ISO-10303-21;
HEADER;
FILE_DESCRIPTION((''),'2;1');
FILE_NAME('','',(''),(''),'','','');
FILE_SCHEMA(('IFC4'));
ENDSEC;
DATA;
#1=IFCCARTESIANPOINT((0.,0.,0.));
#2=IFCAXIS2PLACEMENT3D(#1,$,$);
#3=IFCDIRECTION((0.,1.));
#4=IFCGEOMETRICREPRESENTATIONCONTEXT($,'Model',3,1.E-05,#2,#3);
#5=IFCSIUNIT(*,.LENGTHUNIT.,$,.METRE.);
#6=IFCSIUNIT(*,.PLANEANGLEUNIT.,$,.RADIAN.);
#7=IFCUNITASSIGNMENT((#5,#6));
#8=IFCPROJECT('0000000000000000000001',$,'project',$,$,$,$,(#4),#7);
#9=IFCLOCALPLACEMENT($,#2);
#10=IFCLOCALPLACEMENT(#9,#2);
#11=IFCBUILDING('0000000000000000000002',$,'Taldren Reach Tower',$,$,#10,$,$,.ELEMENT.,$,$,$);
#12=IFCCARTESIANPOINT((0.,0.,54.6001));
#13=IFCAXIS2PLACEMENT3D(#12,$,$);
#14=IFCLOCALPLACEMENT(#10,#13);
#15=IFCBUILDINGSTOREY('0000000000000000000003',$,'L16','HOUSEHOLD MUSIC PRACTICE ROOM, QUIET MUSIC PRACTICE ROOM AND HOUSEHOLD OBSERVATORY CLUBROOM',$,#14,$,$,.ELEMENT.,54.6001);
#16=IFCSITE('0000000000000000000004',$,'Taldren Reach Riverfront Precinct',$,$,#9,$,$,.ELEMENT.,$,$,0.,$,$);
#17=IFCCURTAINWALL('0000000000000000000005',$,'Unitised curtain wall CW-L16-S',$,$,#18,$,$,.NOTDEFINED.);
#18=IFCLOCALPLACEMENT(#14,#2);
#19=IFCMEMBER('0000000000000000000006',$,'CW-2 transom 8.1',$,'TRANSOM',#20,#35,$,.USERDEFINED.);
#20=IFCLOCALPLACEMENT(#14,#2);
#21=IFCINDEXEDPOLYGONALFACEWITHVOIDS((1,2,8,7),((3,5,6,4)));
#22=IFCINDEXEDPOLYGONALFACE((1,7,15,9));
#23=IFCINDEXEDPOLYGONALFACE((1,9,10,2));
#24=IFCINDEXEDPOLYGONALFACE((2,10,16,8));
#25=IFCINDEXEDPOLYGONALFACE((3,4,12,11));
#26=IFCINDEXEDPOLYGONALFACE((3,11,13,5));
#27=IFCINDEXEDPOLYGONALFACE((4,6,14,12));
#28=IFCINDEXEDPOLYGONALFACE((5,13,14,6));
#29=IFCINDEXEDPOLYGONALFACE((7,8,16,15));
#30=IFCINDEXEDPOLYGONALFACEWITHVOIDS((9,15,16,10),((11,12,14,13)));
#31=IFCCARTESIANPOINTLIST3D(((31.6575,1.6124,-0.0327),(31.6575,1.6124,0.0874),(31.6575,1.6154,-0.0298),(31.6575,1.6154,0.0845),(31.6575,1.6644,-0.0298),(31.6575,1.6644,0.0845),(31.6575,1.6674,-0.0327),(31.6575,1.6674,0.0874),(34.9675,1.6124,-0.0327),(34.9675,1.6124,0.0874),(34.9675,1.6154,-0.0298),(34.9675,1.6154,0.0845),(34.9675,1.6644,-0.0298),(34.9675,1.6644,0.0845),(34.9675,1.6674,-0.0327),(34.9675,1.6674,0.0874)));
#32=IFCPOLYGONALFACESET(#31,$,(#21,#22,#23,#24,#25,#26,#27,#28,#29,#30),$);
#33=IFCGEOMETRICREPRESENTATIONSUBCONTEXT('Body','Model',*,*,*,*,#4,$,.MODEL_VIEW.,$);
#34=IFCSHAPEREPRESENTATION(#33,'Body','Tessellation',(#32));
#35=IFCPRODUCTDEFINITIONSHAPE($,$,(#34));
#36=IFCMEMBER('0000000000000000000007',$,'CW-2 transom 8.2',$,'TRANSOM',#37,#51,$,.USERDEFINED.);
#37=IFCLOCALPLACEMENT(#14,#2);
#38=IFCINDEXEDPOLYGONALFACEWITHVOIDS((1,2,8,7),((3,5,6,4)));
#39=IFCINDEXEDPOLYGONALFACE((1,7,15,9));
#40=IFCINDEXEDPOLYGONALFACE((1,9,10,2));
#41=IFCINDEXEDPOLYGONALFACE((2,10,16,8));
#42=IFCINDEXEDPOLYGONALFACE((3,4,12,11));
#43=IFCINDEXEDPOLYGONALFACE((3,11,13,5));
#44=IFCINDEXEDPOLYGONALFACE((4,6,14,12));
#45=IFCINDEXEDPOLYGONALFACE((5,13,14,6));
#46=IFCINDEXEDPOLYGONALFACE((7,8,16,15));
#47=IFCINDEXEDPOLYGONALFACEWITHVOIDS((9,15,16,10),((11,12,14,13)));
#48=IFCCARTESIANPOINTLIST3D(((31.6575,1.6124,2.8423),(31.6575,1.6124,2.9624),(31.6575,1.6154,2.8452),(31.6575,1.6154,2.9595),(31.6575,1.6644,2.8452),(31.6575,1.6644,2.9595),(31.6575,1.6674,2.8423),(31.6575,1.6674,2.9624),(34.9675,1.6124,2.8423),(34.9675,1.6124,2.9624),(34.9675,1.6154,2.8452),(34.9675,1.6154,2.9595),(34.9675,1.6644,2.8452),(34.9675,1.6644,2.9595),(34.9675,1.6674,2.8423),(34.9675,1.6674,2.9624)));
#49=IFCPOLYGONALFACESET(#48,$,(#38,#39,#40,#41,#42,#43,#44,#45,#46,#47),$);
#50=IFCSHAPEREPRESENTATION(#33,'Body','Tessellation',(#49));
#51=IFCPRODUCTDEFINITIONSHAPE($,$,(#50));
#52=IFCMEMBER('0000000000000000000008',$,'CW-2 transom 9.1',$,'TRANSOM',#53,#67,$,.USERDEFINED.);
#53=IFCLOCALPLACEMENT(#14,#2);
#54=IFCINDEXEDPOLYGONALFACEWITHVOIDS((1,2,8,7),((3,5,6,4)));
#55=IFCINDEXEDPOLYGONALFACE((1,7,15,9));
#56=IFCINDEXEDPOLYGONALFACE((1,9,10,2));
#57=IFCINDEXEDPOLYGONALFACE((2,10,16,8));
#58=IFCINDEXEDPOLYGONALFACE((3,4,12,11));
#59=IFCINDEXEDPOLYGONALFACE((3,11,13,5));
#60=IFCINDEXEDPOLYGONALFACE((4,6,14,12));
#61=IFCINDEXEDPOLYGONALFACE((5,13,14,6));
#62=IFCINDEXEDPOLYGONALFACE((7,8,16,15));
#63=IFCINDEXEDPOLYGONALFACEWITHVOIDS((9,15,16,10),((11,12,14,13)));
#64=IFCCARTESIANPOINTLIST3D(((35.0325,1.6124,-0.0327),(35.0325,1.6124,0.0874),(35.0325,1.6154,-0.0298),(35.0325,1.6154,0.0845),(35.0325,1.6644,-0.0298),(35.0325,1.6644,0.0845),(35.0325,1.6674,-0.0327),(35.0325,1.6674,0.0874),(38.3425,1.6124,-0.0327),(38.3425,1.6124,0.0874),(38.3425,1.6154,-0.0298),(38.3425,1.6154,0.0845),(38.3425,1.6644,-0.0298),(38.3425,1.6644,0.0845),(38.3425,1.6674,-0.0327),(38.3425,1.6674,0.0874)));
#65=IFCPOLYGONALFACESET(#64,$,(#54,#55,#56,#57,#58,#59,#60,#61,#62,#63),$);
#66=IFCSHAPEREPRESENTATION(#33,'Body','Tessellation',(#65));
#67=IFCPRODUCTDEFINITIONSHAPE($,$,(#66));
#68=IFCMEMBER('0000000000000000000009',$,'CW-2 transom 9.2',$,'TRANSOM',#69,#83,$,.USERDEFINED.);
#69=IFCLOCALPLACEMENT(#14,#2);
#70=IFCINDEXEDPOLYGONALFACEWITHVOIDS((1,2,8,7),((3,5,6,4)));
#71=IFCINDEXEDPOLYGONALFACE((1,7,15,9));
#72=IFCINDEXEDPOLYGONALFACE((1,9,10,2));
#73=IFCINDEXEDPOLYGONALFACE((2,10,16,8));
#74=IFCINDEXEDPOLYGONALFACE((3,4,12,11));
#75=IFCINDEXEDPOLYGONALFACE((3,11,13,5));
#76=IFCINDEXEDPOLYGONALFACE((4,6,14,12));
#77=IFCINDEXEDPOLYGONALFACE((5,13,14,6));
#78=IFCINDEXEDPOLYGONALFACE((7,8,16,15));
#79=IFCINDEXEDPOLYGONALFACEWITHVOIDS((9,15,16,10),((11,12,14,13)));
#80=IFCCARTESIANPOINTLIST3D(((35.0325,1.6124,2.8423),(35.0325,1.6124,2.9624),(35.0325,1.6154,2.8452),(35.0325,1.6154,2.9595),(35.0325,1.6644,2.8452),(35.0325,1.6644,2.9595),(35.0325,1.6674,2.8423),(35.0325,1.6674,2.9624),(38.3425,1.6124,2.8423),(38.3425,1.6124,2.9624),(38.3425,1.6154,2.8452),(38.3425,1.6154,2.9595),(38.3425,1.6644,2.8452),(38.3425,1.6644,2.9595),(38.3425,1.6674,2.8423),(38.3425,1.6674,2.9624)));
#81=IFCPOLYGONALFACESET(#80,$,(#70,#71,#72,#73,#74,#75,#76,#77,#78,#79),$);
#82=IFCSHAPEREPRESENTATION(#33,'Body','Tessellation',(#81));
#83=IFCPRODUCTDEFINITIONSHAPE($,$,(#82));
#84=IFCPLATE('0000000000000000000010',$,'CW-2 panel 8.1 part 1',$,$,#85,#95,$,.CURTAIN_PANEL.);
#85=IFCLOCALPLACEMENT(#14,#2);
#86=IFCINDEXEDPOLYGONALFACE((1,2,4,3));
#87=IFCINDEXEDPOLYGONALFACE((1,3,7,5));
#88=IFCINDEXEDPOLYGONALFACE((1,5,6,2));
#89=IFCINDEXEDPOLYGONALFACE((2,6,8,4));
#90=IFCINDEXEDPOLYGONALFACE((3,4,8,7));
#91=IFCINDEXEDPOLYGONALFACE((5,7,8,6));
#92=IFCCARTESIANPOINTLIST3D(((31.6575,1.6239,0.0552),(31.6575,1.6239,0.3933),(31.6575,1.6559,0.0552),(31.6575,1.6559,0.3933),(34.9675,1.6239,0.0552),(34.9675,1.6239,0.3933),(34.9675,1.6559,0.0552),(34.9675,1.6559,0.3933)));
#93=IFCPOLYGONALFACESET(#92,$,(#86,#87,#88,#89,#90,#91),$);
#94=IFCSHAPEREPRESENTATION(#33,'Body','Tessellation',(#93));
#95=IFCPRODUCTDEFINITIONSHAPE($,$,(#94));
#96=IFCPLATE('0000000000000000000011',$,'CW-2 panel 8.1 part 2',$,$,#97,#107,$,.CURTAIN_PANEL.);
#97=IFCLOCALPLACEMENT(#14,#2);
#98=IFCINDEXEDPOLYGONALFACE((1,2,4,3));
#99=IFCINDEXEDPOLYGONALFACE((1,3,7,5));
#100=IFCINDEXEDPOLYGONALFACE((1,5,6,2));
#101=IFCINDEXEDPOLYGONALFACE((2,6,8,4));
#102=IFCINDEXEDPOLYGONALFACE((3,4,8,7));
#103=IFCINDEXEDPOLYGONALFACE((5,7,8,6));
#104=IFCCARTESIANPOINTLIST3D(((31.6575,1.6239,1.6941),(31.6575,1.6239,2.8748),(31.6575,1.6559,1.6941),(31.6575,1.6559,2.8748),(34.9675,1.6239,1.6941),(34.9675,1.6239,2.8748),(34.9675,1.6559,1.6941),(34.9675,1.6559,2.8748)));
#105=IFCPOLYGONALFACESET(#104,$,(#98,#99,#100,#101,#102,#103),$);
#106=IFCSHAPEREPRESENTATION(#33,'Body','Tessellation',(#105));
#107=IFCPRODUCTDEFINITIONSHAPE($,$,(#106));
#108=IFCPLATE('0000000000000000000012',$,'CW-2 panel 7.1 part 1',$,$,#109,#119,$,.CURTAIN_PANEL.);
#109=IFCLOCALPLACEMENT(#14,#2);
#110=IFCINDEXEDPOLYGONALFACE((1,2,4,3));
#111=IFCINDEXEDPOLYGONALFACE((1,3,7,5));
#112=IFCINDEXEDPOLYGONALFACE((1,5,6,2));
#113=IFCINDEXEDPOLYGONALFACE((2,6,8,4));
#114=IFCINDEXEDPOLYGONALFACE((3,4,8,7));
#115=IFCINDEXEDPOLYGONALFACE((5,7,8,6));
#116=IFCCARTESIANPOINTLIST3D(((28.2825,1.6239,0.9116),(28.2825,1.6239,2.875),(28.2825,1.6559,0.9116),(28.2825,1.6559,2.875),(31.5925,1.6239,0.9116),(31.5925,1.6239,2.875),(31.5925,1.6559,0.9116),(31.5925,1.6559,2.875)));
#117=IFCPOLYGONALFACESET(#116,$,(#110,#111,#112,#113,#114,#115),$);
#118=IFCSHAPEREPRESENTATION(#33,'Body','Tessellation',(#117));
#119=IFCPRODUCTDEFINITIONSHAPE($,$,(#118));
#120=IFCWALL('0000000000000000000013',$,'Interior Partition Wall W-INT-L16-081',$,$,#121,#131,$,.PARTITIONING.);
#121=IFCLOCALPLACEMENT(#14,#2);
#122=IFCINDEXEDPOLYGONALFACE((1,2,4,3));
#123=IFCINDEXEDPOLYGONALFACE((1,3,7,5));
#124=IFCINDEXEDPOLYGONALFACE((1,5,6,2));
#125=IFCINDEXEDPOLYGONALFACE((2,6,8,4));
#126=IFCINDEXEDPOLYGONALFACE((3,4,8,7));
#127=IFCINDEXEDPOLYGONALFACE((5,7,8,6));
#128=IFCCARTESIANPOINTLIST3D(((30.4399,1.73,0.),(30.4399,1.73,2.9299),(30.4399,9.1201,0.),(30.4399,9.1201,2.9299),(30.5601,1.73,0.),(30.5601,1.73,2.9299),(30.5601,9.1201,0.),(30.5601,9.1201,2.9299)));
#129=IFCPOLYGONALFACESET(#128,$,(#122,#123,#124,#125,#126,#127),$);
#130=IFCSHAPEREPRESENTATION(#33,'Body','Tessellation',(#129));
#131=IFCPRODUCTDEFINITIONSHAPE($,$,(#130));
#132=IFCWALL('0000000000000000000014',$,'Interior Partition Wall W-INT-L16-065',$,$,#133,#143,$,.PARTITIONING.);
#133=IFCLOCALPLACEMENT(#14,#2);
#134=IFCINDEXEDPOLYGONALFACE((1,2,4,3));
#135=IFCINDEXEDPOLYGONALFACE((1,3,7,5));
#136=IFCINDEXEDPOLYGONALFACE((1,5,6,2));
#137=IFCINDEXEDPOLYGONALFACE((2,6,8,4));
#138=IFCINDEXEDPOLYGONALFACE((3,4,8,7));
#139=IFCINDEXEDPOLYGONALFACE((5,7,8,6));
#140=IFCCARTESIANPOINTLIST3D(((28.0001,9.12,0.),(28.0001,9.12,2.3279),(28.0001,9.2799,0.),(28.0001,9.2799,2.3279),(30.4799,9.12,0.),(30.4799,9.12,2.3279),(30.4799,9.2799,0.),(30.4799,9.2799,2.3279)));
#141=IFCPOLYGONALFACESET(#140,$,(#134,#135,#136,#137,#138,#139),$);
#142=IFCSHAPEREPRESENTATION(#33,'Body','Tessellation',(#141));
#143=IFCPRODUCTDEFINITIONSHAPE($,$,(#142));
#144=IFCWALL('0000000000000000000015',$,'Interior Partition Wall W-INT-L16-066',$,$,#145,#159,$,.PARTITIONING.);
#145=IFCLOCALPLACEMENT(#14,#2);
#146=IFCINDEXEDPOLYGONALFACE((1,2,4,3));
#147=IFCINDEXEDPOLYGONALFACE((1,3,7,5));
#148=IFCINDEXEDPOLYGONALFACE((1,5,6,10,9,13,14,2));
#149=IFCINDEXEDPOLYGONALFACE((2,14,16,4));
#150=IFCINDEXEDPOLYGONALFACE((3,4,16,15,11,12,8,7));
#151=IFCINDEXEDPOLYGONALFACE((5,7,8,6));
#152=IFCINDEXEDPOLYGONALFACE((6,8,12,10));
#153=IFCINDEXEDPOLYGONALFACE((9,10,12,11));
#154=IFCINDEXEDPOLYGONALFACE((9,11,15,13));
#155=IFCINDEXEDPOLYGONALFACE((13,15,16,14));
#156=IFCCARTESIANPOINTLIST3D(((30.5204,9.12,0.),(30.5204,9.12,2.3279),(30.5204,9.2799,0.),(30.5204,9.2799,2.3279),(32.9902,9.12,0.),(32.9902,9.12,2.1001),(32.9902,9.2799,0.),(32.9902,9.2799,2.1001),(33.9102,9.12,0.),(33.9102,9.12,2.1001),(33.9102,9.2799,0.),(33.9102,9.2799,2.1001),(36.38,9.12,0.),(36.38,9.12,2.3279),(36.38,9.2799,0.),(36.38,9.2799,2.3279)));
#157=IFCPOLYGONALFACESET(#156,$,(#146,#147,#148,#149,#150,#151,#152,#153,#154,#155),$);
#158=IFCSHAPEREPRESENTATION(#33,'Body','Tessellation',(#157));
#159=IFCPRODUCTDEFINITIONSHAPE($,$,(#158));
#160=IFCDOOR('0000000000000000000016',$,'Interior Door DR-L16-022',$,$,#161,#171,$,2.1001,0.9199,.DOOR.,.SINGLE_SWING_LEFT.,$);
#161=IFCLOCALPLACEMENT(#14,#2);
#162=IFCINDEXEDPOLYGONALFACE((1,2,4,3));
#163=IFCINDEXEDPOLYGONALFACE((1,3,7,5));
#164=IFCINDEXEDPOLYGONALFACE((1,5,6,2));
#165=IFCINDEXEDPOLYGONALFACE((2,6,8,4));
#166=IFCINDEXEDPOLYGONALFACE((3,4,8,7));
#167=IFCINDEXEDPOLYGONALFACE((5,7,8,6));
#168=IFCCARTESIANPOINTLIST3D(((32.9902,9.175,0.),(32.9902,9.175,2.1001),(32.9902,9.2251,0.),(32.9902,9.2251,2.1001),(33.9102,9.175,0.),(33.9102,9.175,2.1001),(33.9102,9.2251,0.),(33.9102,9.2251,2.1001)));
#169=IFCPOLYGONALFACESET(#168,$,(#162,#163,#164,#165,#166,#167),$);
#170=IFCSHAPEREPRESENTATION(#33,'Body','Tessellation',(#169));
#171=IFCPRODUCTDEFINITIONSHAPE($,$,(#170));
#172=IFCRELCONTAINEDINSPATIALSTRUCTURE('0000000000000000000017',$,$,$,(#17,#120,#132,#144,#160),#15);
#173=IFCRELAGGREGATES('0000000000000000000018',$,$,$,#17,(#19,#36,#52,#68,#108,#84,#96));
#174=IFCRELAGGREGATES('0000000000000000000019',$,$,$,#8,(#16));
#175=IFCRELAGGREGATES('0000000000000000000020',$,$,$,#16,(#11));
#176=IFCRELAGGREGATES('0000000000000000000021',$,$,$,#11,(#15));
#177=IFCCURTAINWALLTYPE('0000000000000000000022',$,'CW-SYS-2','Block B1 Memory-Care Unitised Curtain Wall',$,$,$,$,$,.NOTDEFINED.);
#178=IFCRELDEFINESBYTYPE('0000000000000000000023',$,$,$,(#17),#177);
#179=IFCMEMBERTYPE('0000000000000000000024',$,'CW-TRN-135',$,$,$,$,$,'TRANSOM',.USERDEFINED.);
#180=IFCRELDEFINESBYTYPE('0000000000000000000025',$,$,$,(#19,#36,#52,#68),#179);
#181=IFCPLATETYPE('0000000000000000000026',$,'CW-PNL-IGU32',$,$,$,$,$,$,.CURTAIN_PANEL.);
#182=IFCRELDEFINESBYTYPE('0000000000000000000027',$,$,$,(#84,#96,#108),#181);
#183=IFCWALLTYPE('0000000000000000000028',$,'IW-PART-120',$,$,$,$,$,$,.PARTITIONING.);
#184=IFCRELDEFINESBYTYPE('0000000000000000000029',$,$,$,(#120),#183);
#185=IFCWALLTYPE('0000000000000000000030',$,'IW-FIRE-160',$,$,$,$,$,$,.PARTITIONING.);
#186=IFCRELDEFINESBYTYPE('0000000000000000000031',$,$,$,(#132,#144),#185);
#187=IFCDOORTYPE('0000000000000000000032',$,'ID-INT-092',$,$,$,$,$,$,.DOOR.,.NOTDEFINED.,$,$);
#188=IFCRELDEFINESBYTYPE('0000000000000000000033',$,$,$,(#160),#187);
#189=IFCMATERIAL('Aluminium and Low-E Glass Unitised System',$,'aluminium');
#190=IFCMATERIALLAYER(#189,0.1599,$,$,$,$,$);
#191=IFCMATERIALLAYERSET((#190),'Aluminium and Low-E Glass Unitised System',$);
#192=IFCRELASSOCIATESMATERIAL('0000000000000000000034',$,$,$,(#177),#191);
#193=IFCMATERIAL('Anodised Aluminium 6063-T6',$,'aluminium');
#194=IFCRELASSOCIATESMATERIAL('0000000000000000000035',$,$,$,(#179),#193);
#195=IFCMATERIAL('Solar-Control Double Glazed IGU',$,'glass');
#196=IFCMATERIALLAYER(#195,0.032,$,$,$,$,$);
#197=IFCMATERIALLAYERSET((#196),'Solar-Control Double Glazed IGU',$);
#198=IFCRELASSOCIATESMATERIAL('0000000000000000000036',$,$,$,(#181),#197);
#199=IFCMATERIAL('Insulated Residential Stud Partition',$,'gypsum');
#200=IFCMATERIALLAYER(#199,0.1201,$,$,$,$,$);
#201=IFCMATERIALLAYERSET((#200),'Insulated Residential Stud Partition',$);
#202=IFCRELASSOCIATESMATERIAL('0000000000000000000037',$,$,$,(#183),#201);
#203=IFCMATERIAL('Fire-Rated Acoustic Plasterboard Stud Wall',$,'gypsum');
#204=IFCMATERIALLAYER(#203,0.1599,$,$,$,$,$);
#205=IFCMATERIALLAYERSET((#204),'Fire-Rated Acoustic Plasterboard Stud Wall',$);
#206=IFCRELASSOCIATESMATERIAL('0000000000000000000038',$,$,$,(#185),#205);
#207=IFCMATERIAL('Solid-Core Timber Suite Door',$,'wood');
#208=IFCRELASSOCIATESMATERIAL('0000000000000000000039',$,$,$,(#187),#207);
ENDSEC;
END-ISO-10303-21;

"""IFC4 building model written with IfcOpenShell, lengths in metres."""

from ifc_helpers import new_model, si_unit, direction, frame, frame_2d, origin, origin_2d, place, context, subcontext, project, spatial, rectangle, hollow_rectangle, extrude, source, transform, mapped, material, layer, layer_set, material_profile, profile_set, type_object, element, fill, aggregate, save


model = new_model("IFC4")

# Units and contexts
model_context = context("Model", 3, precision=1e-05, world=origin(), true_north=direction((0.0, 1.0)))
body_context = subcontext(model_context, "Body", "Model", "MODEL_VIEW")
ifc_project = project(units=[si_unit("LENGTHUNIT", "METRE"), si_unit("PLANEANGLEUNIT", "RADIAN")], contexts=[model_context])

# Site, building, storey
site_placement = place(None, origin())
site = spatial("IfcSite", under=ifc_project, at=site_placement, Name="Taldren Reach Riverfront Precinct", CompositionType="ELEMENT", RefElevation=0.0)
building_placement = place(site_placement, origin())
building = spatial("IfcBuilding", under=site, at=building_placement, Name="Taldren Reach Tower", CompositionType="ELEMENT")
storey_placement = place(building_placement, frame((0.0, 0.0, 54.6001)))
storey = spatial("IfcBuildingStorey", under=building, at=storey_placement, Name="L16", Description="HOUSEHOLD MUSIC PRACTICE ROOM, QUIET MUSIC PRACTICE ROOM AND HOUSEHOLD OBSERVATORY CLUBROOM", CompositionType="ELEMENT", Elevation=54.6001)

# Curtain wall, members, plates
ifc_material_1 = material(Name="Aluminium and Low-E Glass Unitised System", Category="aluminium")
ifc_layer_1 = layer(ifc_material_1, 0.1599)
ifc_layer_set_1 = layer_set([ifc_layer_1], Name="Aluminium and Low-E Glass Unitised System")
curtain_wall_type = type_object("IfcCurtainWallType", Name="CW-SYS-2", Description="Block B1 Memory-Care Unitised Curtain Wall", PredefinedType="NOTDEFINED", material=ifc_layer_set_1)
curtain_wall_placement = place(storey_placement, origin())
curtain_wall = element("IfcCurtainWall", 1, at=curtain_wall_placement, inside=storey, type_object=curtain_wall_type, Name="Unitised curtain wall CW-L16-S", PredefinedType="NOTDEFINED")
ifc_material_2 = material(Name="Anodised Aluminium 6063-T6", Category="aluminium")
ifc_material_profile_1 = material_profile(ifc_material_2, hollow_rectangle(XDim=0.0549, YDim=0.1201, WallThickness=0.0029, at=origin_2d()), Name="ALU-120x55x3RHS")
ifc_profile_set_1 = profile_set([ifc_material_profile_1], Name="Anodised Aluminium 6063-T6")
member_type_1 = type_object("IfcMemberType", Name="CW-TRN-135", ElementType="TRANSOM", PredefinedType="USERDEFINED", material=ifc_profile_set_1)
shared_shape_1 = source(origin(), body_context, "Body", "SweptSolid", [
    extrude(hollow_rectangle(XDim=0.0549, YDim=0.1201, WallThickness=0.0029, at=origin_2d()), origin(), (0.0, 0.0, 1.0), 3.3101),
])
member_1_placement = place(storey_placement, frame((31.6575, 1.6399, 0.0273), z_axis=(1.0, 0.0, 0.0), x_axis=(0.0, 1.0, 0.0)))
member_1 = element("IfcMember", 2, at=member_1_placement, type_object=member_type_1, Name="CW-2 transom 8.1", ObjectType="TRANSOM", PredefinedType="USERDEFINED", context=body_context, shape_type="MappedRepresentation", body=[
    mapped(shared_shape_1, transform((0.0, 0.0, 0.0), scale=1.0)),
])
member_2_placement = place(storey_placement, frame((31.6575, 1.6399, 2.9023), z_axis=(1.0, 0.0, 0.0), x_axis=(0.0, 1.0, 0.0)))
member_2 = element("IfcMember", 3, at=member_2_placement, type_object=member_type_1, Name="CW-2 transom 8.2", ObjectType="TRANSOM", PredefinedType="USERDEFINED", context=body_context, shape_type="MappedRepresentation", body=[
    mapped(shared_shape_1, transform((0.0, 0.0, 0.0), scale=1.0)),
])
member_3_placement = place(storey_placement, frame((35.0325, 1.6399, 0.0273), z_axis=(1.0, 0.0, 0.0), x_axis=(0.0, 1.0, 0.0)))
member_3 = element("IfcMember", 4, at=member_3_placement, type_object=member_type_1, Name="CW-2 transom 9.1", ObjectType="TRANSOM", PredefinedType="USERDEFINED", context=body_context, shape_type="MappedRepresentation", body=[
    mapped(shared_shape_1, transform((0.0, 0.0, 0.0), scale=1.0)),
])
member_4_placement = place(storey_placement, frame((35.0325, 1.6399, 2.9023), z_axis=(1.0, 0.0, 0.0), x_axis=(0.0, 1.0, 0.0)))
member_4 = element("IfcMember", 5, at=member_4_placement, type_object=member_type_1, Name="CW-2 transom 9.2", ObjectType="TRANSOM", PredefinedType="USERDEFINED", context=body_context, shape_type="MappedRepresentation", body=[
    mapped(shared_shape_1, transform((0.0, 0.0, 0.0), scale=1.0)),
])
ifc_material_3 = material(Name="Solar-Control Double Glazed IGU", Category="glass")
ifc_layer_2 = layer(ifc_material_3, 0.032)
ifc_layer_set_2 = layer_set([ifc_layer_2], Name="Solar-Control Double Glazed IGU")
plate_type = type_object("IfcPlateType", Name="CW-PNL-IGU32", PredefinedType="CURTAIN_PANEL", material=ifc_layer_set_2)
shared_shape_2 = source(origin(), body_context, "Body", "SweptSolid", [
    extrude(rectangle(XDim=3.3101, YDim=0.032, at=origin_2d()), origin(), (0.0, 0.0, 1.0), 0.3381),
])
plate_1_placement = place(storey_placement, frame((33.3125, 1.6399, 0.0552), z_axis=(0.0, 0.0, 1.0), x_axis=(1.0, 0.0, 0.0)))
plate_1 = element("IfcPlate", 6, at=plate_1_placement, type_object=plate_type, Name="CW-2 panel 8.1 part 1", PredefinedType="CURTAIN_PANEL", context=body_context, shape_type="MappedRepresentation", body=[
    mapped(shared_shape_2, transform((0.0, 0.0, 0.0), scale=1.0)),
])
shared_shape_3 = source(origin(), body_context, "Body", "SweptSolid", [
    extrude(rectangle(XDim=3.3101, YDim=0.032, at=origin_2d()), origin(), (0.0, 0.0, 1.0), 1.1807),
])
plate_2_placement = place(storey_placement, frame((33.3125, 1.6399, 1.6941), z_axis=(0.0, 0.0, 1.0), x_axis=(1.0, 0.0, 0.0)))
plate_2 = element("IfcPlate", 7, at=plate_2_placement, type_object=plate_type, Name="CW-2 panel 8.1 part 2", PredefinedType="CURTAIN_PANEL", context=body_context, shape_type="MappedRepresentation", body=[
    mapped(shared_shape_3, transform((0.0, 0.0, 0.0), scale=1.0)),
])
shared_shape_4 = source(origin(), body_context, "Body", "SweptSolid", [
    extrude(rectangle(XDim=3.3101, YDim=0.032, at=origin_2d()), origin(), (0.0, 0.0, 1.0), 1.9634),
])
plate_3_placement = place(storey_placement, frame((29.9375, 1.6399, 0.9116), z_axis=(0.0, 0.0, 1.0), x_axis=(1.0, 0.0, 0.0)))
plate_3 = element("IfcPlate", 8, at=plate_3_placement, type_object=plate_type, Name="CW-2 panel 7.1 part 1", PredefinedType="CURTAIN_PANEL", context=body_context, shape_type="MappedRepresentation", body=[
    mapped(shared_shape_4, transform((0.0, 0.0, 0.0), scale=1.0)),
])
aggregate(curtain_wall, [member_1, member_2, member_3, member_4, plate_3, plate_1, plate_2])

# Walls
ifc_material_4 = material(Name="Insulated Residential Stud Partition", Category="gypsum")
ifc_layer_3 = layer(ifc_material_4, 0.1201)
ifc_layer_set_3 = layer_set([ifc_layer_3], Name="Insulated Residential Stud Partition")
wall_type_1 = type_object("IfcWallType", Name="IW-PART-120", PredefinedType="PARTITIONING", material=ifc_layer_set_3)
shared_shape_5 = source(origin(), body_context, "Body", "SweptSolid", [
    extrude(rectangle(XDim=7.3901, YDim=0.1201, at=frame_2d((3.6951, 0.0))), origin(), (0.0, 0.0, 1.0), 2.9299),
])
wall_1_placement = place(storey_placement, frame((30.5, 9.1201, 0.0), z_axis=(0.0, 0.0, 1.0), x_axis=(0.0, -1.0, 0.0)))
element("IfcWall", 9, at=wall_1_placement, inside=storey, type_object=wall_type_1, Name="Interior Partition Wall W-INT-L16-081", PredefinedType="PARTITIONING", context=body_context, shape_type="MappedRepresentation", body=[
    mapped(shared_shape_5, transform((0.0, 0.0, 0.0), scale=1.0)),
])
ifc_material_5 = material(Name="Fire-Rated Acoustic Plasterboard Stud Wall", Category="gypsum")
ifc_layer_4 = layer(ifc_material_5, 0.1599)
ifc_layer_set_4 = layer_set([ifc_layer_4], Name="Fire-Rated Acoustic Plasterboard Stud Wall")
wall_type_2 = type_object("IfcWallType", Name="IW-FIRE-160", PredefinedType="PARTITIONING", material=ifc_layer_set_4)
shared_shape_6 = source(origin(), body_context, "Body", "SweptSolid", [
    extrude(rectangle(XDim=2.4797, YDim=0.1599, at=frame_2d((1.2397, 0.0))), origin(), (0.0, 0.0, 1.0), 2.3279),
])
wall_2_placement = place(storey_placement, frame((30.4797, 9.2, 0.0), z_axis=(0.0, 0.0, 1.0), x_axis=(-1.0, 0.0, 0.0)))
element("IfcWall", 10, at=wall_2_placement, inside=storey, type_object=wall_type_2, Name="Interior Partition Wall W-INT-L16-065", PredefinedType="PARTITIONING", context=body_context, shape_type="MappedRepresentation", body=[
    mapped(shared_shape_6, transform((0.0, 0.0, 0.0), scale=1.0)),
])

# Wall, opening, door
shared_shape_7 = source(origin(), body_context, "Body", "SweptSolid", [
    extrude(rectangle(XDim=5.8596, YDim=0.1599, at=frame_2d((2.9297, 0.0))), origin(), (0.0, 0.0, 1.0), 2.3279),
])
wall_3_placement = place(storey_placement, frame((36.3799, 9.2, 0.0), z_axis=(0.0, 0.0, 1.0), x_axis=(-1.0, 0.0, 0.0)))
wall_3 = element("IfcWall", 11, at=wall_3_placement, inside=storey, type_object=wall_type_2, Name="Interior Partition Wall W-INT-L16-066", PredefinedType="PARTITIONING", context=body_context, shape_type="MappedRepresentation", body=[
    mapped(shared_shape_7, transform((0.0, 0.0, 0.0), scale=1.0)),
])
shared_shape_8 = source(origin(), body_context, "Body", "SweptSolid", [
    extrude(rectangle(XDim=0.9199, YDim=2.1001, at=frame_2d((0.46, 1.05))), frame((0.0, 0.0898, 0.0), z_axis=(0.0, -1.0, 0.0), x_axis=(1.0, 0.0, 0.0)), (0.0, 0.0, 1.0), 0.1799),
])
opening_placement = place(wall_3_placement, frame((2.4697, 0.0, 0.0)))
opening = element("IfcOpeningElement", 12, at=opening_placement, cuts=wall_3, PredefinedType="OPENING", context=body_context, shape_type="MappedRepresentation", body=[
    mapped(shared_shape_8, transform((0.0, 0.0, 0.0), scale=1.0)),
])
ifc_material_6 = material(Name="Solid-Core Timber Suite Door", Category="wood")
door_type = type_object("IfcDoorType", Name="ID-INT-092", OperationType="NOTDEFINED", PredefinedType="DOOR", material=ifc_material_6)
shared_shape_9 = source(origin(), body_context, "Body", "SweptSolid", [
    extrude(rectangle(XDim=0.9199, YDim=2.1001, at=frame_2d((0.46, 1.05))), frame((0.0, 0.0249, 0.0), z_axis=(0.0, -1.0, 0.0), x_axis=(1.0, 0.0, 0.0)), (0.0, 0.0, 1.0), 0.05),
])
door_placement = place(opening_placement, origin())
door = element("IfcDoor", 13, at=door_placement, inside=storey, type_object=door_type, Name="Interior Door DR-L16-022", OperationType="SINGLE_SWING_LEFT", OverallHeight=2.1001, OverallWidth=0.9199, PredefinedType="DOOR", context=body_context, shape_type="MappedRepresentation", body=[
    mapped(shared_shape_9, transform((0.0, 0.0, 0.0), scale=1.0)),
])
fill(opening, door)

save(model, "model.ifc")
